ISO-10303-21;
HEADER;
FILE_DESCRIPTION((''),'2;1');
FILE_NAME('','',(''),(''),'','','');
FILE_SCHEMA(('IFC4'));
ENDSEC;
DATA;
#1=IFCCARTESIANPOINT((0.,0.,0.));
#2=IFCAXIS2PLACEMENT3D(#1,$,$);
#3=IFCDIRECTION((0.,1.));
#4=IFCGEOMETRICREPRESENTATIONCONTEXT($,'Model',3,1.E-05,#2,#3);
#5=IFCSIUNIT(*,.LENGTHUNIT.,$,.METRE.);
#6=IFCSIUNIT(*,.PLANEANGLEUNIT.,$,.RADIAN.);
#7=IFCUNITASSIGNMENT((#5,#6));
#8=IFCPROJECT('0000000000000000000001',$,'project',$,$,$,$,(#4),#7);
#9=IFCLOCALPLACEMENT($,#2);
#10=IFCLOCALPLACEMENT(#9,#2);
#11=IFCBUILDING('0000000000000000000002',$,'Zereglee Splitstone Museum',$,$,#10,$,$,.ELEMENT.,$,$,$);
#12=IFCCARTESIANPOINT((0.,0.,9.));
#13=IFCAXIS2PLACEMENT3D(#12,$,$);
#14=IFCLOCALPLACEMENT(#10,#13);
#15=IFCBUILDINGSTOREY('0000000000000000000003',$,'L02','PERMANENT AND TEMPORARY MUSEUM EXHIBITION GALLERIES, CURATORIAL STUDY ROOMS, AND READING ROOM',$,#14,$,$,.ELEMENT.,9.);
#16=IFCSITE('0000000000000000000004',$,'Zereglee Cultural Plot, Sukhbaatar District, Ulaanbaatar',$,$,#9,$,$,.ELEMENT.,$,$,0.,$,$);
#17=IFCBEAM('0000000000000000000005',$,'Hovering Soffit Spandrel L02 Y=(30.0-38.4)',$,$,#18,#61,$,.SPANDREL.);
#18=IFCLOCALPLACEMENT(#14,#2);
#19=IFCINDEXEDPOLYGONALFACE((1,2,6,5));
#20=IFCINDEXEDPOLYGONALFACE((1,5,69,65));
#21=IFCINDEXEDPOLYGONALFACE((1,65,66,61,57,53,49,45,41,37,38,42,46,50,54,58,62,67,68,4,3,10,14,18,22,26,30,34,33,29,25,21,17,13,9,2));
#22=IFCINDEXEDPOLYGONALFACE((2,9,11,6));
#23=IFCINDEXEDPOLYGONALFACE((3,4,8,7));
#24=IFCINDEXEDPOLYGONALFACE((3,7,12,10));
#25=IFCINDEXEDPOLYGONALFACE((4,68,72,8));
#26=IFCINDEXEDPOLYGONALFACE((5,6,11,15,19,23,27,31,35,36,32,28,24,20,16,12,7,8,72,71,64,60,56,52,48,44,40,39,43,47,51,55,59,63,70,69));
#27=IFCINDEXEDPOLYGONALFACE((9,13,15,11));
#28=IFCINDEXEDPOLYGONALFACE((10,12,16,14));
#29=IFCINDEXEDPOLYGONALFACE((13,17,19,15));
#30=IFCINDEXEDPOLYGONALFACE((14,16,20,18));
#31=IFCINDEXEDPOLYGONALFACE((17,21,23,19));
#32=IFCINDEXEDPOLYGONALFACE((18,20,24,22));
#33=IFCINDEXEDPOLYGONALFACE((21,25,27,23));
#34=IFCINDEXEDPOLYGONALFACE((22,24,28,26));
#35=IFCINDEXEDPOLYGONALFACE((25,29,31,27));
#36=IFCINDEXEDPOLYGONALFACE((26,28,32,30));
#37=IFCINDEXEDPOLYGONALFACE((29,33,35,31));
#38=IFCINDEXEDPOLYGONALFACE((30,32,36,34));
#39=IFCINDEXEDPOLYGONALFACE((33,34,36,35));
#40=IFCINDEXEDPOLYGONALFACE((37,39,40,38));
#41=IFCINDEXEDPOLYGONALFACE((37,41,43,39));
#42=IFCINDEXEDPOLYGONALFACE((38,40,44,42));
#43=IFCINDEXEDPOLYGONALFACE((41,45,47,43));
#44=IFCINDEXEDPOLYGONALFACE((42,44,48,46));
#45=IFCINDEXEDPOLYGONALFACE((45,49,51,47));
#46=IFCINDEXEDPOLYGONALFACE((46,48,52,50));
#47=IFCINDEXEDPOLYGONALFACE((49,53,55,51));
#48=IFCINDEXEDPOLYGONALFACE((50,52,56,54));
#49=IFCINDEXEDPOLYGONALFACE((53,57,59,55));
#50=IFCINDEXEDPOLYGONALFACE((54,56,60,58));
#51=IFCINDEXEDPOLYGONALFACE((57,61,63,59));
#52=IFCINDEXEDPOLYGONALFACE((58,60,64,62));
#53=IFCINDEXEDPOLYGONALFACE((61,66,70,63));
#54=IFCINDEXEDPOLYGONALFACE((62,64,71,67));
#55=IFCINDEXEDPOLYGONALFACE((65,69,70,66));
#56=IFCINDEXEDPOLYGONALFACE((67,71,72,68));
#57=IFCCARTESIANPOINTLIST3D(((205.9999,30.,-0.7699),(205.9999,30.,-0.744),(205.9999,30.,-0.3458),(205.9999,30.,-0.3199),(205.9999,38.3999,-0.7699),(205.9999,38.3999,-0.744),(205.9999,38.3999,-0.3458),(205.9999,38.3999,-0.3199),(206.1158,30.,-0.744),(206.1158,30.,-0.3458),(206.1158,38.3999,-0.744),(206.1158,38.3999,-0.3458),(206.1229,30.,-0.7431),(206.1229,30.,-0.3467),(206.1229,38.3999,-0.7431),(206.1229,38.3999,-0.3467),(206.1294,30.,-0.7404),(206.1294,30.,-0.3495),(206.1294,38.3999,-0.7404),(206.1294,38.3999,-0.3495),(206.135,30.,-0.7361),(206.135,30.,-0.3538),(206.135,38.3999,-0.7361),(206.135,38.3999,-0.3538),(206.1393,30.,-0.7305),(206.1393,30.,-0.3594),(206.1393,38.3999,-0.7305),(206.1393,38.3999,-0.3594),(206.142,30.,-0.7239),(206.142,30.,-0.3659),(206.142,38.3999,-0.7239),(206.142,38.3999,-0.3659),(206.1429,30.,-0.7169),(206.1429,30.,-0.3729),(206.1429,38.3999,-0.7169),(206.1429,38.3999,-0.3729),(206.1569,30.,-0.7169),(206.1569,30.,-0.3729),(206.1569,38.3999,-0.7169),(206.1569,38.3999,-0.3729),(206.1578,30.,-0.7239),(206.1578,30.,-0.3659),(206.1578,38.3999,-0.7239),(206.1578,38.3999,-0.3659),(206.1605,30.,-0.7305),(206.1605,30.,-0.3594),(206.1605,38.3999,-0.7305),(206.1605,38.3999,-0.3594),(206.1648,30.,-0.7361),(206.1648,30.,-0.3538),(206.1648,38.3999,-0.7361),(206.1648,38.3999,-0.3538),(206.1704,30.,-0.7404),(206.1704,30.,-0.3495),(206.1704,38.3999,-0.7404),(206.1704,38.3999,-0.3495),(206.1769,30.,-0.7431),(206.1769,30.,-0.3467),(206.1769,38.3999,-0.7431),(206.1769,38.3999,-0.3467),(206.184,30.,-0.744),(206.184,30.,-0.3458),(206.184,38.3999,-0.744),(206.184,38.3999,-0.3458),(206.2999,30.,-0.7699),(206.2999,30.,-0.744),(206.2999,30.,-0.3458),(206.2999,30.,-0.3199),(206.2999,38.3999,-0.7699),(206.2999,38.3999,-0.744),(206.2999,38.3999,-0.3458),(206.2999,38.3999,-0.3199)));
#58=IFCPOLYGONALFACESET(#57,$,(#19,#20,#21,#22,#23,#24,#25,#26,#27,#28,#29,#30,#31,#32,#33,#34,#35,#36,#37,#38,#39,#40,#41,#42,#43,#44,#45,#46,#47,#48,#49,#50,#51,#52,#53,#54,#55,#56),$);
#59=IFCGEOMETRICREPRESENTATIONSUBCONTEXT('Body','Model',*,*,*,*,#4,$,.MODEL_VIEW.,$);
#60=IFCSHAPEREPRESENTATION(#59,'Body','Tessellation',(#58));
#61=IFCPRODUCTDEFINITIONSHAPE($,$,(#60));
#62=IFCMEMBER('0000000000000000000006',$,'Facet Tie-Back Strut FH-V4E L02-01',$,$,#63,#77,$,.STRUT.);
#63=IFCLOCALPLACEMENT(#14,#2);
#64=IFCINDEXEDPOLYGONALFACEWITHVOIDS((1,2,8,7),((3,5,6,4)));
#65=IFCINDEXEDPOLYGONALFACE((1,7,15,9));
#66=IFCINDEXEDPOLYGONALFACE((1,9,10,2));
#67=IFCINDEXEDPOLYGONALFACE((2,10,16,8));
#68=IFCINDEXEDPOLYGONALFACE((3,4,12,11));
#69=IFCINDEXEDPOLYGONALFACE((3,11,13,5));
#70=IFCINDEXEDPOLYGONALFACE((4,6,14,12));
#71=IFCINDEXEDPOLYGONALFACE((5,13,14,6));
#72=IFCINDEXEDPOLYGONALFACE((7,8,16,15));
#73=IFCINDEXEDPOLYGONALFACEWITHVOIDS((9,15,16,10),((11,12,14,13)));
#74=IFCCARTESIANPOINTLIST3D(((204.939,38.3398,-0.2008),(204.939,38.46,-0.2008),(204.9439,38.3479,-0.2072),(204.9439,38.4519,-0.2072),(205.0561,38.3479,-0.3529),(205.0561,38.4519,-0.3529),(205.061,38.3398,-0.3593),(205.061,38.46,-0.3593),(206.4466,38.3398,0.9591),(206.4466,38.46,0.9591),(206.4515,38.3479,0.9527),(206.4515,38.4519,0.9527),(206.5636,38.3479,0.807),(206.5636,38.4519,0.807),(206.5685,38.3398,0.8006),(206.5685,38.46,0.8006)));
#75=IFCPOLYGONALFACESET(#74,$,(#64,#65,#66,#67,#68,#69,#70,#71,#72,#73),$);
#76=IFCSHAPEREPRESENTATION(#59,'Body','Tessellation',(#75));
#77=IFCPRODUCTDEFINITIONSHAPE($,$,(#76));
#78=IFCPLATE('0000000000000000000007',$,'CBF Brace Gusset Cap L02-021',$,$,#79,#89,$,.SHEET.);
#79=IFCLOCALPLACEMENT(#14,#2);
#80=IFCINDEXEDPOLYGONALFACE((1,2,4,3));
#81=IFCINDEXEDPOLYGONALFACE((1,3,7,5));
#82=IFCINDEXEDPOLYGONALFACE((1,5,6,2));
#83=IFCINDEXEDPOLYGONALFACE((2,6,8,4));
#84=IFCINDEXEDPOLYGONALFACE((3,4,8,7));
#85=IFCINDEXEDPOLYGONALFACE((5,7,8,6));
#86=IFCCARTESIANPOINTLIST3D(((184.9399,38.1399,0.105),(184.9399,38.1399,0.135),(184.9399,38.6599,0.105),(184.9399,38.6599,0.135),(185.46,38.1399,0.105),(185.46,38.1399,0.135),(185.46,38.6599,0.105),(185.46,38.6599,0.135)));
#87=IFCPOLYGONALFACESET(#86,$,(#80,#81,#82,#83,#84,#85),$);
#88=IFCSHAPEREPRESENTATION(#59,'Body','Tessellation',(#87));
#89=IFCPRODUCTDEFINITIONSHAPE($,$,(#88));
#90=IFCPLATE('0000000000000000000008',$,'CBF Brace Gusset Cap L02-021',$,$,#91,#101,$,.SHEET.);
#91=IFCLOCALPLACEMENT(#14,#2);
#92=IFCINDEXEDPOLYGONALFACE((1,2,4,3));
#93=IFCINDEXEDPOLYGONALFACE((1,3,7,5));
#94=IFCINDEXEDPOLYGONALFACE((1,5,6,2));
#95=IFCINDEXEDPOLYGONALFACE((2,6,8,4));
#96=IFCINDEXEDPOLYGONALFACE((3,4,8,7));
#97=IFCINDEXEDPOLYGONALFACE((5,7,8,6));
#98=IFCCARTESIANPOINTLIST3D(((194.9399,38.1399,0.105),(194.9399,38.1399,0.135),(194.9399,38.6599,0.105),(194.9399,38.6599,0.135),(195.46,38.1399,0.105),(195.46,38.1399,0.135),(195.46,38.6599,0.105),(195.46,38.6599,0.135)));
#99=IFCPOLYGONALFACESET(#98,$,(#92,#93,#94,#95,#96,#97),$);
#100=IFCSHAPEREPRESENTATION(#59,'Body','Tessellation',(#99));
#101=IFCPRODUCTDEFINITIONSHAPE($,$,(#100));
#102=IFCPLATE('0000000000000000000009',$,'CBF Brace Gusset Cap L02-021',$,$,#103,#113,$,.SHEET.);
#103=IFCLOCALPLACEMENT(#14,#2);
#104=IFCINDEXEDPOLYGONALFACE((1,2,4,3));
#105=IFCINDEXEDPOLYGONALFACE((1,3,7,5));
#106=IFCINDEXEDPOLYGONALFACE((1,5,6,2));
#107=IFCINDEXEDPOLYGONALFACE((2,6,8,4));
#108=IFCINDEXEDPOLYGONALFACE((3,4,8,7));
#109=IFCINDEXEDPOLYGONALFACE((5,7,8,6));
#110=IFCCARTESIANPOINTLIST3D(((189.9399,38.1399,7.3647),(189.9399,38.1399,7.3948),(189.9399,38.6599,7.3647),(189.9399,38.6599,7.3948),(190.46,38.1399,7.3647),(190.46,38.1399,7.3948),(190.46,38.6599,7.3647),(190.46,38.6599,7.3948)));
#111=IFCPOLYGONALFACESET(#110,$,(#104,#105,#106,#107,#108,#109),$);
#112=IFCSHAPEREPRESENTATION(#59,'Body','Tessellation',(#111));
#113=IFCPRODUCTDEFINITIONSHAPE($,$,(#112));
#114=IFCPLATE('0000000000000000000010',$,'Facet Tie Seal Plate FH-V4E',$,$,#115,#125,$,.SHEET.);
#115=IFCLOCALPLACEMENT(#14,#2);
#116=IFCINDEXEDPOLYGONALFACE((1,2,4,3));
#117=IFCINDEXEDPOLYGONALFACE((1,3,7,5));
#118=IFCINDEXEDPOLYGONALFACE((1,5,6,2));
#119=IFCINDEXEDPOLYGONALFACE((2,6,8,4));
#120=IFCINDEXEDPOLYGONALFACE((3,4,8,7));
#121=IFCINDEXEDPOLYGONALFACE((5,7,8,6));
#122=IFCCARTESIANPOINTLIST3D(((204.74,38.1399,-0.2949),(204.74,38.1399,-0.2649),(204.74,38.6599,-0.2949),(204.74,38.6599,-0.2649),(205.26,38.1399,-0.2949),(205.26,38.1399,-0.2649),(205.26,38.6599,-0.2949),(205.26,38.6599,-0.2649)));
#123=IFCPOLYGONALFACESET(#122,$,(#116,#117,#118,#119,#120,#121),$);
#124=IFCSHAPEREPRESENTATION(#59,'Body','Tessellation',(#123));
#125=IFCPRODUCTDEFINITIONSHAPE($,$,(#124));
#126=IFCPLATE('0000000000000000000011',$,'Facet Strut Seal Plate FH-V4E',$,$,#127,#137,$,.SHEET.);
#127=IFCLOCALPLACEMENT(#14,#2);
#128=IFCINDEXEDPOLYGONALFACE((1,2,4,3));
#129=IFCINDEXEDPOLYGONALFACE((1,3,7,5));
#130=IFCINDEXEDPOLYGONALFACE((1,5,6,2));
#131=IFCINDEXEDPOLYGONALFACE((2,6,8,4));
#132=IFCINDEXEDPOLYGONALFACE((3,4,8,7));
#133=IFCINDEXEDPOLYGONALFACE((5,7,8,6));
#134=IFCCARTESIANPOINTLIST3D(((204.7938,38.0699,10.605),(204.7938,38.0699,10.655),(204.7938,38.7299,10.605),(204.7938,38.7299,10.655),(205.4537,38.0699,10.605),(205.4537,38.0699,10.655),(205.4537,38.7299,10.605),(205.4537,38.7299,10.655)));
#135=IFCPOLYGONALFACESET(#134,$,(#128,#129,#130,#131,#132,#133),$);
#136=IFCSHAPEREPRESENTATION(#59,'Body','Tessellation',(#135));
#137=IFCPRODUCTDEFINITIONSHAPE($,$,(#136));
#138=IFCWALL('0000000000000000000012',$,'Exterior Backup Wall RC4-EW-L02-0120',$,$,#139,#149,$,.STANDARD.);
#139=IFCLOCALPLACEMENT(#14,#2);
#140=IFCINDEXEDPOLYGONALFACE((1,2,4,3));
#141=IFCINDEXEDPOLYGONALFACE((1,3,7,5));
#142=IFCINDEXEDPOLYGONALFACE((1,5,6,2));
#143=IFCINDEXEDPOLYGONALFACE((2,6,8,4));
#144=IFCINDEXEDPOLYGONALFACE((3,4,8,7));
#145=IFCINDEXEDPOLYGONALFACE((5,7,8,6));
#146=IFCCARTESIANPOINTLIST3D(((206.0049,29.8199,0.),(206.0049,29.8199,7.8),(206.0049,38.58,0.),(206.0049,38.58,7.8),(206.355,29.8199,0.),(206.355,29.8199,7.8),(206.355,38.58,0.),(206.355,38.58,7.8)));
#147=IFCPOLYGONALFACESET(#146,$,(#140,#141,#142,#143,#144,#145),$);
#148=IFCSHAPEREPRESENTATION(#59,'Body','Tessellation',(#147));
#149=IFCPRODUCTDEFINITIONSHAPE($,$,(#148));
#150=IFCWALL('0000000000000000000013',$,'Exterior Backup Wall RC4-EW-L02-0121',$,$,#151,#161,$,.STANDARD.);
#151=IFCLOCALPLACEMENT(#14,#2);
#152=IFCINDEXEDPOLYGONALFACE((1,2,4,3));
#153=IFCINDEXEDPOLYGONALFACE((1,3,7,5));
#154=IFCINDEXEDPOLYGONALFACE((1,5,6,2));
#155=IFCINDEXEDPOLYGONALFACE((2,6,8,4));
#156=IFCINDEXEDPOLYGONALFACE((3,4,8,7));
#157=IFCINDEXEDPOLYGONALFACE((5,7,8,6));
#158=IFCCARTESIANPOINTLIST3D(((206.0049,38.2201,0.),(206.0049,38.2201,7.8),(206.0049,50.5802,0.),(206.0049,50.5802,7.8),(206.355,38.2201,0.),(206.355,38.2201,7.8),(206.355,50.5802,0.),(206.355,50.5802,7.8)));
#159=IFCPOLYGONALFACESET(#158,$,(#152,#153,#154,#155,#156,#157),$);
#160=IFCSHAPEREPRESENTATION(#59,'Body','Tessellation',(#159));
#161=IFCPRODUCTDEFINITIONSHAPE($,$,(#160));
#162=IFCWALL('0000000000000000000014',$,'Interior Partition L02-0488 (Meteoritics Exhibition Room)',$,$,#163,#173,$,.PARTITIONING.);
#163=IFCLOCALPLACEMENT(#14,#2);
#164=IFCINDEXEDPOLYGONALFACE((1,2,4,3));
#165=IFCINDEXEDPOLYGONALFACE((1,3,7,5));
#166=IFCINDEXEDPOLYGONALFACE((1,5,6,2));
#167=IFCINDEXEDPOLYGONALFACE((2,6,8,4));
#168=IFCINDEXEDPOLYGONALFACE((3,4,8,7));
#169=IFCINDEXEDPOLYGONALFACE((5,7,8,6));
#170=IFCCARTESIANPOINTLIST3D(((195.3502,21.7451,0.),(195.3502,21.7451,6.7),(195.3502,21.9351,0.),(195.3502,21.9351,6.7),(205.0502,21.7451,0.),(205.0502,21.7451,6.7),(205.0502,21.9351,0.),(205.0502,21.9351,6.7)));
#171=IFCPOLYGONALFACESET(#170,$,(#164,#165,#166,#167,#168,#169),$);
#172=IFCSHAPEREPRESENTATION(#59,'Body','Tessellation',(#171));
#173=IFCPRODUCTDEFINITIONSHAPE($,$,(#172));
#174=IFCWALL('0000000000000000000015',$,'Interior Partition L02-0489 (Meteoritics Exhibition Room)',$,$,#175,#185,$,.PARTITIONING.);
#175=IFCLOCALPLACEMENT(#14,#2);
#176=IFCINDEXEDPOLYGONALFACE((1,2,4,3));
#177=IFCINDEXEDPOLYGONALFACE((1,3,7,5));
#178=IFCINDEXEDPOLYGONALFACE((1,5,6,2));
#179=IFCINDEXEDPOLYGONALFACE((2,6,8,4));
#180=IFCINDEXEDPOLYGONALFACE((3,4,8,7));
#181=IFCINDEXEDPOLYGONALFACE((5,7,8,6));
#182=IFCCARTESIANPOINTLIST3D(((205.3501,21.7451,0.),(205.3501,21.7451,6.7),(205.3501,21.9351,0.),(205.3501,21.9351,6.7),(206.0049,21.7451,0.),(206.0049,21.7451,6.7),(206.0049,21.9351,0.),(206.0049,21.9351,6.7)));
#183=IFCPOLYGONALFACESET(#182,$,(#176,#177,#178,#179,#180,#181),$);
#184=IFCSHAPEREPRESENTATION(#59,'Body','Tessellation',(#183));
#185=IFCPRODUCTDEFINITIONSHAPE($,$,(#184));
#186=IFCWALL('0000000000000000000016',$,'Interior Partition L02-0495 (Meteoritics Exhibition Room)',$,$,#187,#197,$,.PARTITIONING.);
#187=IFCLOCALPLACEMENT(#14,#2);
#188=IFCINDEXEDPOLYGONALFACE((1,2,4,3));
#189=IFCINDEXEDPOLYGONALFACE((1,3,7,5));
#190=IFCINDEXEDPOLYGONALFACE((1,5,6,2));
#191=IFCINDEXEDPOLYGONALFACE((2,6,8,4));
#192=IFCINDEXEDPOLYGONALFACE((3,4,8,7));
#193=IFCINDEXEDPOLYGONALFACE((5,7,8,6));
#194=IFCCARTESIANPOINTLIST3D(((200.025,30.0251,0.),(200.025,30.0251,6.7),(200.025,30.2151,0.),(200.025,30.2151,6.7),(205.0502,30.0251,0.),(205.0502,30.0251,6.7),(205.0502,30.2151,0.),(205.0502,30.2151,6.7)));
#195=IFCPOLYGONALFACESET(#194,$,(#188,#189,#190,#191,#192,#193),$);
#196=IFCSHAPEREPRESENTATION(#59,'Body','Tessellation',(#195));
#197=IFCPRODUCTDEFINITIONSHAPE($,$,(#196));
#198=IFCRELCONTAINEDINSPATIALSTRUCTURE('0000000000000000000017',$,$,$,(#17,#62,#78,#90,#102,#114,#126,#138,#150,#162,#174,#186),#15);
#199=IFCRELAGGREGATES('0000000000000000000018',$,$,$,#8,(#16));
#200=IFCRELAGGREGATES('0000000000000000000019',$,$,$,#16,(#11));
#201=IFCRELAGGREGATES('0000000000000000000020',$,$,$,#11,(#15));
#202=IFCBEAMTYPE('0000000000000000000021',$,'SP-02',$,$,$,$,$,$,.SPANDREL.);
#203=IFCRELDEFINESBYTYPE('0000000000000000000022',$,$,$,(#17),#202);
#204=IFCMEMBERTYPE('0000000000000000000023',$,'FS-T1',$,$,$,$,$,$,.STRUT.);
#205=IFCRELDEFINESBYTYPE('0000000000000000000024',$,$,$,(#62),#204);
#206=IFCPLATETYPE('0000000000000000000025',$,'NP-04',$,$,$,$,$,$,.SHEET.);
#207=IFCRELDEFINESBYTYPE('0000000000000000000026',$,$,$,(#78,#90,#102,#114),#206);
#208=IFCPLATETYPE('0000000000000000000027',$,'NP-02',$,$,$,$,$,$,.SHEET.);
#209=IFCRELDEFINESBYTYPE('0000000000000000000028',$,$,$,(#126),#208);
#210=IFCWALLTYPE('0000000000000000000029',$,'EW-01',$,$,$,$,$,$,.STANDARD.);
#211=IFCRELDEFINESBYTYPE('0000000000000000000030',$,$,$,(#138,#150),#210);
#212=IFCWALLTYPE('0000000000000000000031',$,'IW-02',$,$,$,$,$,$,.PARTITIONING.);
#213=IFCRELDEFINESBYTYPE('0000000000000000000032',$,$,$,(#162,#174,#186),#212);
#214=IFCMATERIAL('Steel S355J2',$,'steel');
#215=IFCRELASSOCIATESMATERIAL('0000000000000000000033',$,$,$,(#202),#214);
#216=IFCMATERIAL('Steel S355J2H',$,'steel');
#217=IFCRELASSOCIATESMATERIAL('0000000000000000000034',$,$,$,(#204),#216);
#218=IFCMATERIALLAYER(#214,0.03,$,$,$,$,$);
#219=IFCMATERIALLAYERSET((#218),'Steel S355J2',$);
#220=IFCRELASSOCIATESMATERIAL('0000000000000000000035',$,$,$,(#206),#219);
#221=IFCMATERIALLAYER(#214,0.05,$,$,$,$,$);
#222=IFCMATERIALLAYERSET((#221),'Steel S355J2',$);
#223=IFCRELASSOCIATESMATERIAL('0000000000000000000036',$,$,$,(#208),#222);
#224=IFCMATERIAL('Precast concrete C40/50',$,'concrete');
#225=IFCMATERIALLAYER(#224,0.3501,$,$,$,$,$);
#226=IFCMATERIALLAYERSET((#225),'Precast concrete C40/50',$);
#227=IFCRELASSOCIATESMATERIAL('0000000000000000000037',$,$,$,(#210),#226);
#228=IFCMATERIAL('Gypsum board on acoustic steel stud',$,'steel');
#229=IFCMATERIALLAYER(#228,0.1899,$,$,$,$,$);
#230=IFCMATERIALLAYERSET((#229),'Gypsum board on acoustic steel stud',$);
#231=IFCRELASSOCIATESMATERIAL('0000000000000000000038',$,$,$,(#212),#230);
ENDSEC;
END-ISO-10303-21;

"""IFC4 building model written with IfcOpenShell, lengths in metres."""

from ifc_helpers import new_model, si_unit, direction, frame, frame_2d, origin, origin_2d, place, context, subcontext, project, spatial, rectangle, hollow_rectangle, i_section, extrude, material, layer, layer_set, material_profile, profile_set, type_object, element, save


model = new_model("IFC4")

# Units and contexts
model_context = context("Model", 3, precision=1e-05, world=origin(), true_north=direction((0.0, 1.0)))
body_context = subcontext(model_context, "Body", "Model", "MODEL_VIEW")
ifc_project = project(units=[si_unit("LENGTHUNIT", "METRE"), si_unit("PLANEANGLEUNIT", "RADIAN")], contexts=[model_context])

# Site, building, storey
site_placement = place(None, origin())
site = spatial("IfcSite", under=ifc_project, at=site_placement, Name="Zereglee Cultural Plot, Sukhbaatar District, Ulaanbaatar", CompositionType="ELEMENT", RefElevation=0.0)
building_placement = place(site_placement, origin())
building = spatial("IfcBuilding", under=site, at=building_placement, Name="Zereglee Splitstone Museum", CompositionType="ELEMENT")
storey_placement = place(building_placement, frame((0.0, 0.0, 9.0)))
storey = spatial("IfcBuildingStorey", under=building, at=storey_placement, Name="L02", Description="PERMANENT AND TEMPORARY MUSEUM EXHIBITION GALLERIES, CURATORIAL STUDY ROOMS, AND READING ROOM", CompositionType="ELEMENT", Elevation=9.0)

# Shared definitions
ifc_material_1 = material(Name="Steel S355J2H", Category="steel")
ifc_material_2 = material(Name="Steel S355J2", Category="steel")

# Beam
ifc_material_profile_1 = material_profile(ifc_material_2, i_section(OverallWidth=0.3, OverallDepth=0.45, WebThickness=0.0139, FlangeThickness=0.0259, FilletRadius=0.0271, at=origin_2d()), Name="HE 450 B")
ifc_profile_set_1 = profile_set([ifc_material_profile_1], Name="Steel S355J2")
beam_type_1 = type_object("IfcBeamType", Name="SP-02", PredefinedType="SPANDREL", material=ifc_profile_set_1)
beam_1_placement = place(storey_placement, frame((206.1499, 30.0, -0.5449), z_axis=(0.0, 1.0, 0.0), x_axis=(-1.0, 0.0, 0.0)))
element("IfcBeam", 1, at=beam_1_placement, inside=storey, type_object=beam_type_1, Name="Hovering Soffit Spandrel L02 Y=(30.0-38.4)", PredefinedType="SPANDREL", context=body_context, shape_type="SweptSolid", body=[
    extrude(i_section(OverallWidth=0.3, OverallDepth=0.45, WebThickness=0.0139, FlangeThickness=0.0259, FilletRadius=0.0271, at=origin_2d()), origin(), (0.0, 0.0, 1.0), 8.3999),
])

# Member
ifc_material_profile_2 = material_profile(ifc_material_1, hollow_rectangle(XDim=0.1201, YDim=0.2, WallThickness=0.0081, at=origin_2d()), Name="RHS 200x120x8")
ifc_profile_set_2 = profile_set([ifc_material_profile_2], Name="Steel S355J2H")
member_type_1 = type_object("IfcMemberType", Name="FS-T1", PredefinedType="STRUT", material=ifc_profile_set_2)
member_placement = place(storey_placement, frame((205.0, 38.3999, -0.28), z_axis=(0.792562, 0.0, 0.609791), x_axis=(0.0, 1.0, 0.0)))
element("IfcMember", 2, at=member_placement, inside=storey, type_object=member_type_1, Name="Facet Tie-Back Strut FH-V4E L02-01", PredefinedType="STRUT", context=body_context, shape_type="SweptSolid", body=[
    extrude(hollow_rectangle(XDim=0.1201, YDim=0.2, WallThickness=0.0081, at=origin_2d()), origin(), (0.0, 0.0, 1.0), 1.9021),
])

# Plates
ifc_layer_1 = layer(ifc_material_2, 0.03)
ifc_layer_set_1 = layer_set([ifc_layer_1], Name="Steel S355J2")
plate_type_1 = type_object("IfcPlateType", Name="NP-04", PredefinedType="SHEET", material=ifc_layer_set_1)
for number, where, z_axis, x_axis, name in (
    (3, (185.2, 38.3999, 0.105), (0.0, 0.0, 1.0), (1.0, 0.0, 0.0), "CBF Brace Gusset Cap L02-021"),
    (4, (195.2, 38.3999, 0.105), (0.0, 0.0, 1.0), (1.0, 0.0, 0.0), "CBF Brace Gusset Cap L02-021"),
    (5, (190.2, 38.3999, 7.3647), (0.0, 0.0, 1.0), (1.0, 0.0, 0.0), "CBF Brace Gusset Cap L02-021"),
    (6, (205.0, 38.3999, -0.2949), (0.0, 0.0, 1.0), (1.0, 0.0, 0.0), "Facet Tie Seal Plate FH-V4E"),
):
    element("IfcPlate", number, at=place(storey_placement, frame(where, z_axis=z_axis, x_axis=x_axis)), inside=storey, type_object=plate_type_1, Name=name, PredefinedType="SHEET", context=body_context, shape_type="SweptSolid", body=[
        extrude(rectangle(XDim=0.52, YDim=0.52, at=origin_2d()), origin(), (0.0, 0.0, 1.0), 0.03),
    ])
ifc_layer_2 = layer(ifc_material_2, 0.05)
ifc_layer_set_2 = layer_set([ifc_layer_2], Name="Steel S355J2")
plate_type_2 = type_object("IfcPlateType", Name="NP-02", PredefinedType="SHEET", material=ifc_layer_set_2)
plate_placement = place(storey_placement, frame((205.1238, 38.3999, 10.605), z_axis=(0.0, 0.0, 1.0), x_axis=(1.0, 0.0, 0.0)))
element("IfcPlate", 7, at=plate_placement, inside=storey, type_object=plate_type_2, Name="Facet Strut Seal Plate FH-V4E", PredefinedType="SHEET", context=body_context, shape_type="SweptSolid", body=[
    extrude(rectangle(XDim=0.6599, YDim=0.6599, at=origin_2d()), origin(), (0.0, 0.0, 1.0), 0.05),
])

# Walls
ifc_material_3 = material(Name="Precast concrete C40/50", Category="concrete")
ifc_layer_3 = layer(ifc_material_3, 0.3501)
ifc_layer_set_3 = layer_set([ifc_layer_3], Name="Precast concrete C40/50")
wall_type_1 = type_object("IfcWallType", Name="EW-01", PredefinedType="STANDARD", material=ifc_layer_set_3)
wall_1_placement = place(storey_placement, frame((206.1799, 29.8201, 0.0), z_axis=(0.0, 0.0, 1.0), x_axis=(0.0, 1.0, 0.0)))
element("IfcWall", 8, at=wall_1_placement, inside=storey, type_object=wall_type_1, Name="Exterior Backup Wall RC4-EW-L02-0120", PredefinedType="STANDARD", context=body_context, shape_type="SweptSolid", body=[
    extrude(rectangle(XDim=8.76, YDim=0.3501, at=frame_2d((4.3799, 0.0))), origin(), (0.0, 0.0, 1.0), 7.8),
])
wall_2_placement = place(storey_placement, frame((206.1799, 38.22, 0.0), z_axis=(0.0, 0.0, 1.0), x_axis=(0.0, 1.0, 0.0)))
element("IfcWall", 9, at=wall_2_placement, inside=storey, type_object=wall_type_1, Name="Exterior Backup Wall RC4-EW-L02-0121", PredefinedType="STANDARD", context=body_context, shape_type="SweptSolid", body=[
    extrude(rectangle(XDim=12.3601, YDim=0.3501, at=frame_2d((6.1802, 0.0))), origin(), (0.0, 0.0, 1.0), 7.8),
])
ifc_material_4 = material(Name="Gypsum board on acoustic steel stud", Category="steel")
ifc_layer_4 = layer(ifc_material_4, 0.1899)
ifc_layer_set_4 = layer_set([ifc_layer_4], Name="Gypsum board on acoustic steel stud")
wall_type_2 = type_object("IfcWallType", Name="IW-02", PredefinedType="PARTITIONING", material=ifc_layer_set_4)
wall_3_placement = place(storey_placement, frame((195.3501, 21.8401, 0.0), z_axis=(0.0, 0.0, 1.0), x_axis=(1.0, 0.0, 0.0)))
element("IfcWall", 10, at=wall_3_placement, inside=storey, type_object=wall_type_2, Name="Interior Partition L02-0488 (Meteoritics Exhibition Room)", PredefinedType="PARTITIONING", context=body_context, shape_type="SweptSolid", body=[
    extrude(rectangle(XDim=9.7, YDim=0.1899, at=frame_2d((4.8501, 0.0))), origin(), (0.0, 0.0, 1.0), 6.7),
])
wall_4_placement = place(storey_placement, frame((205.3501, 21.8401, 0.0), z_axis=(0.0, 0.0, 1.0), x_axis=(1.0, 0.0, 0.0)))
element("IfcWall", 11, at=wall_4_placement, inside=storey, type_object=wall_type_2, Name="Interior Partition L02-0489 (Meteoritics Exhibition Room)", PredefinedType="PARTITIONING", context=body_context, shape_type="SweptSolid", body=[
    extrude(rectangle(XDim=0.6548, YDim=0.1899, at=frame_2d((0.3274, 0.0))), origin(), (0.0, 0.0, 1.0), 6.7),
])
wall_5_placement = place(storey_placement, frame((200.0249, 30.1201, 0.0), z_axis=(0.0, 0.0, 1.0), x_axis=(1.0, 0.0, 0.0)))
element("IfcWall", 12, at=wall_5_placement, inside=storey, type_object=wall_type_2, Name="Interior Partition L02-0495 (Meteoritics Exhibition Room)", PredefinedType="PARTITIONING", context=body_context, shape_type="SweptSolid", body=[
    extrude(rectangle(XDim=5.0251, YDim=0.1899, at=frame_2d((2.5127, 0.0))), origin(), (0.0, 0.0, 1.0), 6.7),
])

save(model, "model.ifc")
